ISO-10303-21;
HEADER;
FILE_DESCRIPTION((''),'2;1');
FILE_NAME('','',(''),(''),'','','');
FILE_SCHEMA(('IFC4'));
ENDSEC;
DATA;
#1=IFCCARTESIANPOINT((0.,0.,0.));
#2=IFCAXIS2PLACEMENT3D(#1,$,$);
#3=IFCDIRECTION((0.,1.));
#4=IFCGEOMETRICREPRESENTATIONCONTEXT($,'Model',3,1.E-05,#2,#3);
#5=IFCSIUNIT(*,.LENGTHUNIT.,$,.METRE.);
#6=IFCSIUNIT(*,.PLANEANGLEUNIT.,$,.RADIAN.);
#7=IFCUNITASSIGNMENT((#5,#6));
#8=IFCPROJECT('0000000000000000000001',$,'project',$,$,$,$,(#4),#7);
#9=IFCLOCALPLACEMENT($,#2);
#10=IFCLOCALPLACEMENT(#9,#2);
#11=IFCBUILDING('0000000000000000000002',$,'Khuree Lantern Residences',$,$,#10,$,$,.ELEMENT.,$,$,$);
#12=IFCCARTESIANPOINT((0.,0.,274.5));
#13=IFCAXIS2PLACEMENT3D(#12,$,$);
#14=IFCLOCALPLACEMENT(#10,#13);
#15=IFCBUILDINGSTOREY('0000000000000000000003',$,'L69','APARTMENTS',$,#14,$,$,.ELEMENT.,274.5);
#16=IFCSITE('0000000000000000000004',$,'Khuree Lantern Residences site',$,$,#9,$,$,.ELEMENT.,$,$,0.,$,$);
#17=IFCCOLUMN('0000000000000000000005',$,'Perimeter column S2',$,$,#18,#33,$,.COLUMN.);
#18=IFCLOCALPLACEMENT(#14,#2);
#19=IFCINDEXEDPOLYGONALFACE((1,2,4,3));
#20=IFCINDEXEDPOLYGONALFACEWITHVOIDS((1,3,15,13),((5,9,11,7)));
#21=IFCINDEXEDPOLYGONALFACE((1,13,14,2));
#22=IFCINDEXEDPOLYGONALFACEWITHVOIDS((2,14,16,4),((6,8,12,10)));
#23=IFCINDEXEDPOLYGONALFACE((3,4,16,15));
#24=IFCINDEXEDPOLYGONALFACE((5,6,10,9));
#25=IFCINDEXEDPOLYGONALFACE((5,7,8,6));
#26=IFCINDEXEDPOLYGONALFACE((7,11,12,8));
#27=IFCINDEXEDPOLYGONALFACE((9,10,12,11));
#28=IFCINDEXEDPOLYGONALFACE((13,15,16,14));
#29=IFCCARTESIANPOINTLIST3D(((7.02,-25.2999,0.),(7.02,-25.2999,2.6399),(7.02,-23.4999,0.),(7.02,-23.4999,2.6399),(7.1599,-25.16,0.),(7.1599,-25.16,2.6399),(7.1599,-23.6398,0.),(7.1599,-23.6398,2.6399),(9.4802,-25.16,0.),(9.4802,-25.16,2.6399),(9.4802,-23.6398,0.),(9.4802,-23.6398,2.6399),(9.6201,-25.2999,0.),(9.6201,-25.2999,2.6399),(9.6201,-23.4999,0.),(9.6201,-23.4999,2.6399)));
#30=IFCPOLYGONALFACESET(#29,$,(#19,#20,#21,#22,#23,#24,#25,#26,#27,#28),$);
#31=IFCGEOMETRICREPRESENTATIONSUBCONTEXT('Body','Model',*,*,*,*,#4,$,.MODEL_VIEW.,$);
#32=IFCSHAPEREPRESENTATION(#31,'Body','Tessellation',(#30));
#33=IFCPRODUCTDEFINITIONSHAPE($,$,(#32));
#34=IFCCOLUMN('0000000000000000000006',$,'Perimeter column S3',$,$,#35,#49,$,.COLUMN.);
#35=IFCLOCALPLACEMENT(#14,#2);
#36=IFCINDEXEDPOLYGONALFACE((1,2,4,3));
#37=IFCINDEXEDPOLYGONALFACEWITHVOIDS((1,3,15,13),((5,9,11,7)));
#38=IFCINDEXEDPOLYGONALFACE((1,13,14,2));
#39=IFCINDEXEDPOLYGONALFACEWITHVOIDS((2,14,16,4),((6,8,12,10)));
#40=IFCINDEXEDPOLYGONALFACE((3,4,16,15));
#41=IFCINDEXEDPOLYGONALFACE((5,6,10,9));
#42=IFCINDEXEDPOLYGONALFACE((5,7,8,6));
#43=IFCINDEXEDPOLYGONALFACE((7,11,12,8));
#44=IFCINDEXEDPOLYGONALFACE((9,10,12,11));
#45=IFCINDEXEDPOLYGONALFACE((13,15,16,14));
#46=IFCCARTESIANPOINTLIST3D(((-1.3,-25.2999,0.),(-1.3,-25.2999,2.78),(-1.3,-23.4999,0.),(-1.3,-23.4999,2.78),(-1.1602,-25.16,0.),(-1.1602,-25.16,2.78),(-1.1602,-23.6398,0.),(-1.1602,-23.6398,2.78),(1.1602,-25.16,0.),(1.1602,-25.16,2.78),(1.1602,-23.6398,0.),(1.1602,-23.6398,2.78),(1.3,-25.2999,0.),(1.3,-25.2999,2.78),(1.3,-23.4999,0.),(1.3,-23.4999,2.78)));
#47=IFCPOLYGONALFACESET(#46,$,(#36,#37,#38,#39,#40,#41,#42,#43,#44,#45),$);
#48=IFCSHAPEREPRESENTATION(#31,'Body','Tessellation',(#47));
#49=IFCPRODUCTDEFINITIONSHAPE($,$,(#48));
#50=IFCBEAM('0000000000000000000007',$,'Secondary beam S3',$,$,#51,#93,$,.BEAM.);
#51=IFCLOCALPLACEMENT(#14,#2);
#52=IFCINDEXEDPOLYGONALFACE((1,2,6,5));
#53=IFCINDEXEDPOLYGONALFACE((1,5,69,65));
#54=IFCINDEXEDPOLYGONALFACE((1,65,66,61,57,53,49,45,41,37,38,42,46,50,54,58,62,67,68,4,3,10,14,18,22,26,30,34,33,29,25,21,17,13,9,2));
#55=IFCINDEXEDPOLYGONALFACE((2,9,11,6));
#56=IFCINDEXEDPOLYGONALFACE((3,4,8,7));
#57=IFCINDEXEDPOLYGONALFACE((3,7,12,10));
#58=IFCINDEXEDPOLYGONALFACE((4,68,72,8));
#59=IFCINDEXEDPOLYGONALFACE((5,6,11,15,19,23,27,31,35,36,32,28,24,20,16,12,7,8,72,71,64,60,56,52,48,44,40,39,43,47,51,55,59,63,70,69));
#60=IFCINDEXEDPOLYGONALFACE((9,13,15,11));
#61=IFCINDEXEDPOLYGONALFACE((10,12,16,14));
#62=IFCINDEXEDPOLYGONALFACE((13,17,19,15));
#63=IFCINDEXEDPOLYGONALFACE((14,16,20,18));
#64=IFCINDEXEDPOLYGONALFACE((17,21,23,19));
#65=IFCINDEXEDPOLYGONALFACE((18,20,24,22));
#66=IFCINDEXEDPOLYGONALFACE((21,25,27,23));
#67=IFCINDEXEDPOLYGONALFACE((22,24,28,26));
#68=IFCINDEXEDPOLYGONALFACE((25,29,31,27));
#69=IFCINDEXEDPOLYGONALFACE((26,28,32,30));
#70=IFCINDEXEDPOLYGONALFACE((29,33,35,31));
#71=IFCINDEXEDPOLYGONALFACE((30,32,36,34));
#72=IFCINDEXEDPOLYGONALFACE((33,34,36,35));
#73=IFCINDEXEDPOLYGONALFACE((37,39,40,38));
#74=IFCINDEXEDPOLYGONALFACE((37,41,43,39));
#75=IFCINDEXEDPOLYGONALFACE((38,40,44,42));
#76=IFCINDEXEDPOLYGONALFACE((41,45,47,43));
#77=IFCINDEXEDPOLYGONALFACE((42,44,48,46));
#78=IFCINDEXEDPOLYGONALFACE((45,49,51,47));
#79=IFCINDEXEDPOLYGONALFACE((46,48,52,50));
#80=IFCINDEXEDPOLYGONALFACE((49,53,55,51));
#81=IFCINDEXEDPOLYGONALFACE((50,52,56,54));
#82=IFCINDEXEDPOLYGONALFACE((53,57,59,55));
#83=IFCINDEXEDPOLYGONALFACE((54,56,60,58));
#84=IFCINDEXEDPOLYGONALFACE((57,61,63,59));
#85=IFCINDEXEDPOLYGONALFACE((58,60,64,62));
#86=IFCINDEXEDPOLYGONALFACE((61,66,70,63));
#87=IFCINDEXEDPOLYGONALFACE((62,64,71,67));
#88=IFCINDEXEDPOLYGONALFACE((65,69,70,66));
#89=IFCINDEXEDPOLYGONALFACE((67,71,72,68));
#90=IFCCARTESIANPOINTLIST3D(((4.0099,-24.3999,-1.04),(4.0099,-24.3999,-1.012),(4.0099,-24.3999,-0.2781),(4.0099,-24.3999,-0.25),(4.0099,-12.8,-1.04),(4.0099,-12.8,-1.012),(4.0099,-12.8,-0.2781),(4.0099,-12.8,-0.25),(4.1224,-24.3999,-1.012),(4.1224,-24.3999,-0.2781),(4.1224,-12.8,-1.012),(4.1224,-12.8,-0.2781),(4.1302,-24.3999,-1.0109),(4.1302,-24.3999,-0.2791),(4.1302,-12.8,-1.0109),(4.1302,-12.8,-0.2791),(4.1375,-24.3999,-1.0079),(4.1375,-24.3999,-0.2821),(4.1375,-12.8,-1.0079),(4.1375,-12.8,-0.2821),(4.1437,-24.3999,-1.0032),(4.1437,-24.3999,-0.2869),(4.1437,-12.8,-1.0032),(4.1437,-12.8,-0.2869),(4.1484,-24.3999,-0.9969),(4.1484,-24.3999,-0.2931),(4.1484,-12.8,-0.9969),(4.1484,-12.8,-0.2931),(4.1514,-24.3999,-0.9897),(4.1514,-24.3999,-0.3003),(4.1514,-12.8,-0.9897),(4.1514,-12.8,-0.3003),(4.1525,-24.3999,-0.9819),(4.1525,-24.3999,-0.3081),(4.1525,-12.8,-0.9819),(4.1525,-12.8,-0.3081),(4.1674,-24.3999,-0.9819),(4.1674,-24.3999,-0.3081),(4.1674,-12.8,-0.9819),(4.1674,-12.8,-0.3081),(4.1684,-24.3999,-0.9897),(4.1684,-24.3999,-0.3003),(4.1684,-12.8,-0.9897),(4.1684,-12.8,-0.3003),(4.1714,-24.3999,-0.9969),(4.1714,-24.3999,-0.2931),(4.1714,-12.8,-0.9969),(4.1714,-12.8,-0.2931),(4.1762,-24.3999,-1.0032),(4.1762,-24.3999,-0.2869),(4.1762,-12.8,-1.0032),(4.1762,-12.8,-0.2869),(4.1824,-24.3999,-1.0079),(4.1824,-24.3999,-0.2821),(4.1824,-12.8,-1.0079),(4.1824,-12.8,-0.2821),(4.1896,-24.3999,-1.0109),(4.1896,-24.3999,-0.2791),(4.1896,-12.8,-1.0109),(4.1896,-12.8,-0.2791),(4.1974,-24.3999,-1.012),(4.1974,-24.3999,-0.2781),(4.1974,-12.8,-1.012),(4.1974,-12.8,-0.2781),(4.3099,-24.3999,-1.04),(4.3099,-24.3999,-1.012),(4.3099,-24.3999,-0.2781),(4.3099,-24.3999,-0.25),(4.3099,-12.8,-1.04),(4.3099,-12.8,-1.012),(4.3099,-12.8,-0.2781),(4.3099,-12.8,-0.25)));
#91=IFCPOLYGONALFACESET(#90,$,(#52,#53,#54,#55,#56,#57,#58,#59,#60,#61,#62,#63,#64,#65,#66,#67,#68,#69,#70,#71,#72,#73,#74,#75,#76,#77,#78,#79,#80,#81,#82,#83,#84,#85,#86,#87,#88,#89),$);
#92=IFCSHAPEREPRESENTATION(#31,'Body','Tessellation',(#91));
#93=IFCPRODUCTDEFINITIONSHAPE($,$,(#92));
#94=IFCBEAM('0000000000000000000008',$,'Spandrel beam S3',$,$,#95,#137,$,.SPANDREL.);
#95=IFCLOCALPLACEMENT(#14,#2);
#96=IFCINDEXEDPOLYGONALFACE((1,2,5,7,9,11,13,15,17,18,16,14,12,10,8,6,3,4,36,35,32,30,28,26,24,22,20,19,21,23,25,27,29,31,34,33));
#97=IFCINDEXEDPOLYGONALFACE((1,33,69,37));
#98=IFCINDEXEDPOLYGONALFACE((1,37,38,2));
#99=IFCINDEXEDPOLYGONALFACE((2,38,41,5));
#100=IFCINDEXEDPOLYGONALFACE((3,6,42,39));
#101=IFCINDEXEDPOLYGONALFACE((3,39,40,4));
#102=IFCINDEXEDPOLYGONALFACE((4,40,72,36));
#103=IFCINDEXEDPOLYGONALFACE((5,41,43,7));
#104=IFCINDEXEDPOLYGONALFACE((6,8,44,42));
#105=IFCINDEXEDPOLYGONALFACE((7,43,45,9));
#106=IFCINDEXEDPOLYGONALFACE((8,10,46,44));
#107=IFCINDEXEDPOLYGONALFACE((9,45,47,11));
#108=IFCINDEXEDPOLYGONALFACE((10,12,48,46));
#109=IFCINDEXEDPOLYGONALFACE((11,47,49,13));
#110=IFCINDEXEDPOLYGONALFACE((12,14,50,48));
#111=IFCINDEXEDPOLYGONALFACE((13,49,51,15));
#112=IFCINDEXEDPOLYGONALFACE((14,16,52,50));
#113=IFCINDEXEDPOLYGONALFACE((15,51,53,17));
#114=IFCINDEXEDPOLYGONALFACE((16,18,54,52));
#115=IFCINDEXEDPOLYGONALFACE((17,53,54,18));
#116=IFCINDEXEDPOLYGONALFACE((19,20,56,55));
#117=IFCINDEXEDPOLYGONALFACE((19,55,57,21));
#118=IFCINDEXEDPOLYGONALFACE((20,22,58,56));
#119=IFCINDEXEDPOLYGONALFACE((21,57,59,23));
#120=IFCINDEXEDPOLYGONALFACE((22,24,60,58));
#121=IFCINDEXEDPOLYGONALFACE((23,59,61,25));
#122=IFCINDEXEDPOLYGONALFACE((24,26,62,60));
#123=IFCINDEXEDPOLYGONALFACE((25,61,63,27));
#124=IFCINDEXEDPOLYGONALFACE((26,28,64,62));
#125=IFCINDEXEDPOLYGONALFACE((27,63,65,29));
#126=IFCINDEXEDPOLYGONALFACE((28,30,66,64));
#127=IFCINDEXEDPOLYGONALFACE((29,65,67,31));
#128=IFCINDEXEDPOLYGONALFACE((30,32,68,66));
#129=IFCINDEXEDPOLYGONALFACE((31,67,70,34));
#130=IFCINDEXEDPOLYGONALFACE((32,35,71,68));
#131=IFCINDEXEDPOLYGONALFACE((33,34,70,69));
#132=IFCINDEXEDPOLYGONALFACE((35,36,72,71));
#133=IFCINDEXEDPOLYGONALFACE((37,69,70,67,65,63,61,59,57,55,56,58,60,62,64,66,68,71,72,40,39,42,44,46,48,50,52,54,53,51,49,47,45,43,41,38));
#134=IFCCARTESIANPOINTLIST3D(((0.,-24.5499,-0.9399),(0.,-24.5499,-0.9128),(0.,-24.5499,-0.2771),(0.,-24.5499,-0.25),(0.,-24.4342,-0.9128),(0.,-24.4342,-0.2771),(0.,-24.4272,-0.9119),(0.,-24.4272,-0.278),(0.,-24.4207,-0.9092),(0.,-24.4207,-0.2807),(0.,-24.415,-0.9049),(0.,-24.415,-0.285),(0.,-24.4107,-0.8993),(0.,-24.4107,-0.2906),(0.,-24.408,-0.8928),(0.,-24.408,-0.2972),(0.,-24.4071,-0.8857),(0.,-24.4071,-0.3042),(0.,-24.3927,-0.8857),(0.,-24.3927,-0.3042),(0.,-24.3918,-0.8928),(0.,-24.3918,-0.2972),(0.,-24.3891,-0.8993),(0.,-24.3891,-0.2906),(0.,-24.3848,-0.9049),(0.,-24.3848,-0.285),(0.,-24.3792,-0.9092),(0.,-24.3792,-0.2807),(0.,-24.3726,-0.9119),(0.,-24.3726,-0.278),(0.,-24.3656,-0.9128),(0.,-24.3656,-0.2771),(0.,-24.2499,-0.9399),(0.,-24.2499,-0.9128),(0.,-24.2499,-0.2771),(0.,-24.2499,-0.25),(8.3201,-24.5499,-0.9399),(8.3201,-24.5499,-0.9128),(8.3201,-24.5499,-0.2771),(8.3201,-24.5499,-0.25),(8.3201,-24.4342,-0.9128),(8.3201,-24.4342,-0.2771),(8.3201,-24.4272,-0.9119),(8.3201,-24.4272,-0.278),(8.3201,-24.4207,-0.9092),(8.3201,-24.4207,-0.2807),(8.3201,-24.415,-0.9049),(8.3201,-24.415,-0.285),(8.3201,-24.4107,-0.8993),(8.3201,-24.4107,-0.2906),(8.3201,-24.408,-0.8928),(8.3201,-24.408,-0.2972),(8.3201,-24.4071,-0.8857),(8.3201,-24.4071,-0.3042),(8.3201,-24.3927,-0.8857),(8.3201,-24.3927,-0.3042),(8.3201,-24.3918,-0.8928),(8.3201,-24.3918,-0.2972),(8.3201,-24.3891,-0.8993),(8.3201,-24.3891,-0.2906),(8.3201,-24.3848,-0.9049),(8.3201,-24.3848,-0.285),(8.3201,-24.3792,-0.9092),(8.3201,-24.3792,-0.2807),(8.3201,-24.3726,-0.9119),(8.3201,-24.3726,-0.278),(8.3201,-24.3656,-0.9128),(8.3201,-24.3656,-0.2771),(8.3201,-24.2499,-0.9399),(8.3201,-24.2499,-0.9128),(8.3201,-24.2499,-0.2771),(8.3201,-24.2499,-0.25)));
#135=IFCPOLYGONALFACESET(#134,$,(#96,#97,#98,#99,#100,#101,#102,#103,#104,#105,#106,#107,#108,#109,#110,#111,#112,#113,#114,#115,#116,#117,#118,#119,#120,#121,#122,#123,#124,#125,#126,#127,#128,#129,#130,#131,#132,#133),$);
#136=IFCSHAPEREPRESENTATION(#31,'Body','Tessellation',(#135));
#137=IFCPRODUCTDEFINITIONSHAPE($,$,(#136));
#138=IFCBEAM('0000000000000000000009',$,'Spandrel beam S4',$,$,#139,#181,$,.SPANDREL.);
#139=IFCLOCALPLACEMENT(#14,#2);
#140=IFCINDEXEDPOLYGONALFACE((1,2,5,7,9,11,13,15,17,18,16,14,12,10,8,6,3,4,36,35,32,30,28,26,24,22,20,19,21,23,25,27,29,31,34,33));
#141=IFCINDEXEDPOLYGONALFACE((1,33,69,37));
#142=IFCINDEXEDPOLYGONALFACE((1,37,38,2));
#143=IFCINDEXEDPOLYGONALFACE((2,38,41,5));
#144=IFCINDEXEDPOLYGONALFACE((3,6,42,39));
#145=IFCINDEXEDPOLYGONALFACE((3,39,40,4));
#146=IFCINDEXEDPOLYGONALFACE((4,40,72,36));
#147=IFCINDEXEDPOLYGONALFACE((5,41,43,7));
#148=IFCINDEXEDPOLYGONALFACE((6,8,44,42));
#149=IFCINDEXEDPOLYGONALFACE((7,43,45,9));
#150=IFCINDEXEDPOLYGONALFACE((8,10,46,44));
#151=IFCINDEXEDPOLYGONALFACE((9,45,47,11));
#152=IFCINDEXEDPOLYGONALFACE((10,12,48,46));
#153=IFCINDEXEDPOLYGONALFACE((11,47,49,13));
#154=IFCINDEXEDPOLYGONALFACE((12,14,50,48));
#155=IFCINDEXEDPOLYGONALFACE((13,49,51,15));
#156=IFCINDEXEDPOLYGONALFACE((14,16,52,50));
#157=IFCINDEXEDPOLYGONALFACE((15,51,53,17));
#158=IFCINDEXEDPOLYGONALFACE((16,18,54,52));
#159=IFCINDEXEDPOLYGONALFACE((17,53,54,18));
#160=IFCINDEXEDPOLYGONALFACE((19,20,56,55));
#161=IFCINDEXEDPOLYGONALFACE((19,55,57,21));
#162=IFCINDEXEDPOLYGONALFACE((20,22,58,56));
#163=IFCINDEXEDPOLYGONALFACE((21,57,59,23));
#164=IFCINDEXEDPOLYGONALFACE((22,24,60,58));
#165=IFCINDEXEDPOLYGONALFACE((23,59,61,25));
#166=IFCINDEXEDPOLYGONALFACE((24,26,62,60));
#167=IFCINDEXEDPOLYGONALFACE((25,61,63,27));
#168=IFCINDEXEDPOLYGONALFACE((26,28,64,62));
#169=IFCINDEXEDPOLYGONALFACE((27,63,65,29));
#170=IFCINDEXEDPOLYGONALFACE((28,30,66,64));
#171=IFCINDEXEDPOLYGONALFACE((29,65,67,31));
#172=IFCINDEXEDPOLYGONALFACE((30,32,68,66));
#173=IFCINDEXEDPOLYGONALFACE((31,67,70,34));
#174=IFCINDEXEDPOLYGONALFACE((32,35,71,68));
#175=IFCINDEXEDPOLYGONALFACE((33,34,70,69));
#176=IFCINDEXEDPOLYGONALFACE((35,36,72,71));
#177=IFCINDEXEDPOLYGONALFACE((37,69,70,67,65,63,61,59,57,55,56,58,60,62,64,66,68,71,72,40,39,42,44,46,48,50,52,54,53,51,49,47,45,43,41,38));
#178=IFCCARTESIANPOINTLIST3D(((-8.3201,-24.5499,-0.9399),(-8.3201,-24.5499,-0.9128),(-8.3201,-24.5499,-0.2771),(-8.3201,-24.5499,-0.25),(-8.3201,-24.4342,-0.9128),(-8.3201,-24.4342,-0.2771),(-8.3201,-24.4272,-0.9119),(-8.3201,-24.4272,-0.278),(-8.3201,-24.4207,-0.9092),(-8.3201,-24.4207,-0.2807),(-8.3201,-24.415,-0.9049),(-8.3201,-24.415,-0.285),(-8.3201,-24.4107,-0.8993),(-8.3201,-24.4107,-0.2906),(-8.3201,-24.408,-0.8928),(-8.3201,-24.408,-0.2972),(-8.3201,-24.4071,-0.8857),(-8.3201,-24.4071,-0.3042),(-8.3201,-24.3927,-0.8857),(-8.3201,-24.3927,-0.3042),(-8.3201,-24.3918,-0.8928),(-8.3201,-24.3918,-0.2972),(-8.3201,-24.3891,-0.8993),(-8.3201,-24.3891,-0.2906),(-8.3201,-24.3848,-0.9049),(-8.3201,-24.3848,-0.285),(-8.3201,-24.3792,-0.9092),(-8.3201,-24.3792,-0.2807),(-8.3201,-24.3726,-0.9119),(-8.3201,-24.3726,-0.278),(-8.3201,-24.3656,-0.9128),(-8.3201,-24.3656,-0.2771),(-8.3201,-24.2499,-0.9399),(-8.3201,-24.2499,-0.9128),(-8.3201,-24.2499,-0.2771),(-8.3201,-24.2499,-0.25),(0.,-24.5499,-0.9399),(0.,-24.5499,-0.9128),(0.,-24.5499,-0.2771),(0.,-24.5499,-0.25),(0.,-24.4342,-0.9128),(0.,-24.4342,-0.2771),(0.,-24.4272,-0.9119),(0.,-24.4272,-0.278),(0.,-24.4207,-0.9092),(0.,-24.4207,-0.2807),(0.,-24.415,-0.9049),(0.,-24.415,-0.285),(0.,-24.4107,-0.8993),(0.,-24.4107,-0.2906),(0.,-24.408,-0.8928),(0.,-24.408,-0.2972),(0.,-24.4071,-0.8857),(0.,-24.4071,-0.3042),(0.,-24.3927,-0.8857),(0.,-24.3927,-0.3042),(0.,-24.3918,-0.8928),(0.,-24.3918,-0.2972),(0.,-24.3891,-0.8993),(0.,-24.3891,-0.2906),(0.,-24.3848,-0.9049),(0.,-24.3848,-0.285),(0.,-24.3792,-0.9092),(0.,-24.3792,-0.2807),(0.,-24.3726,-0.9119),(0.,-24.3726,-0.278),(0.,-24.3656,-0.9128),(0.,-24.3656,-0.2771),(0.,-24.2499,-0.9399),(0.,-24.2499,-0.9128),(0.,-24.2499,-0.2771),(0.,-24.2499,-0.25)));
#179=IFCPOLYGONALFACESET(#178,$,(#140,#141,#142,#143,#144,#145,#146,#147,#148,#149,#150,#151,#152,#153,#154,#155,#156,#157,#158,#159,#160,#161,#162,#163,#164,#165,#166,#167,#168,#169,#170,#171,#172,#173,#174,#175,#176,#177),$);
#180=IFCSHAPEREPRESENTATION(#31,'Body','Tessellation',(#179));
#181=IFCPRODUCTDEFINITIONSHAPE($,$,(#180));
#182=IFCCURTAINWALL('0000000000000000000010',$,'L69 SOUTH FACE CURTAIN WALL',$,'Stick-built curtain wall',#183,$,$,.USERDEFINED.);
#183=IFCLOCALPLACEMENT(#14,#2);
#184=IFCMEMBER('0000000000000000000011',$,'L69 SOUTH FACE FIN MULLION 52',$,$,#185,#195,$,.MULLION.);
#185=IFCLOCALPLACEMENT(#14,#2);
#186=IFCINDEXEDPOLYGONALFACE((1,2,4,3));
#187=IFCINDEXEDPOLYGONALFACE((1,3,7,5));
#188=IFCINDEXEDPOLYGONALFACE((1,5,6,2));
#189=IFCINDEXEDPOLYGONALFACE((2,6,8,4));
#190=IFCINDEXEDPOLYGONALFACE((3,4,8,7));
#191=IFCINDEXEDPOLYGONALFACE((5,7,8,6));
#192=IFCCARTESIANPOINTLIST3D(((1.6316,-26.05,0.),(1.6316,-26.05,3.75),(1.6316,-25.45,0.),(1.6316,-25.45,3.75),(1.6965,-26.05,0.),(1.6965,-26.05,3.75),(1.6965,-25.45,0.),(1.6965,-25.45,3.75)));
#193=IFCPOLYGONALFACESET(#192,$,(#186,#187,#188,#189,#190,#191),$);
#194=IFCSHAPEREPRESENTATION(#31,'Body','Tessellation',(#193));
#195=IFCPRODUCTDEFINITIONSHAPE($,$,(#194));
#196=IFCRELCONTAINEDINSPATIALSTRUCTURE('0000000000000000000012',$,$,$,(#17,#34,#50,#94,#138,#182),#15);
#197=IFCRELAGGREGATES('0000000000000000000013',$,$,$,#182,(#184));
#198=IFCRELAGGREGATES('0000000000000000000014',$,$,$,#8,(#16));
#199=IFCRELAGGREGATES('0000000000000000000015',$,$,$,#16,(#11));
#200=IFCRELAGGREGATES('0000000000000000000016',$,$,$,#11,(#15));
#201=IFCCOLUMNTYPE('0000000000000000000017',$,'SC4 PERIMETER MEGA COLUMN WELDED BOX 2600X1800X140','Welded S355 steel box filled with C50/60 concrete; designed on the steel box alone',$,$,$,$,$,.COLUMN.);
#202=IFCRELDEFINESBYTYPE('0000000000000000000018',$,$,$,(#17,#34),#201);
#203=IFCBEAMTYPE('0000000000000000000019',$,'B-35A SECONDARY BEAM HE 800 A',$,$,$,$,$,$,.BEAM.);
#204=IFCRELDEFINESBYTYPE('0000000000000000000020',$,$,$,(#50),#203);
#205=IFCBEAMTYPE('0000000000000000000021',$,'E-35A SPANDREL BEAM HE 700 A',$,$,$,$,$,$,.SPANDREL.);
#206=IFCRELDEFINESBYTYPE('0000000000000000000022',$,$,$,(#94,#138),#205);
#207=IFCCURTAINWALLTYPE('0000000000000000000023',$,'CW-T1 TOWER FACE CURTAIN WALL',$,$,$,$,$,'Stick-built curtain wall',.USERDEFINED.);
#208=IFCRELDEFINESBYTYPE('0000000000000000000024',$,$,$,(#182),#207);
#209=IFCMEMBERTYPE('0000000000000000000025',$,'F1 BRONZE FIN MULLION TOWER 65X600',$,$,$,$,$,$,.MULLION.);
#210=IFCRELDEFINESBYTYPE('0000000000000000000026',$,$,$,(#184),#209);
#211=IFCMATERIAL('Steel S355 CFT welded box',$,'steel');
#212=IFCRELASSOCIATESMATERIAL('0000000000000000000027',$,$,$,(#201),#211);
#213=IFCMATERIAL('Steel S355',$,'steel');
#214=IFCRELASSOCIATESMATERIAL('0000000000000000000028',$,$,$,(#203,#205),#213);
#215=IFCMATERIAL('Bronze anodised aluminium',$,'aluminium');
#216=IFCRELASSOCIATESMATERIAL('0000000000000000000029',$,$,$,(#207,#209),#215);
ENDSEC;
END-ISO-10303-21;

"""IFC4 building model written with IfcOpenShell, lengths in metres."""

from ifc_helpers import new_model, si_unit, direction, frame, origin, origin_2d, place, context, subcontext, project, spatial, rectangle, hollow_rectangle, i_section, extrude, material, material_profile, profile_set, type_object, element, aggregate, save


model = new_model("IFC4")

# Units and contexts
model_context = context("Model", 3, precision=1e-05, world=origin(), true_north=direction((0.0, 1.0)))
body_context = subcontext(model_context, "Body", "Model", "MODEL_VIEW")
ifc_project = project(units=[si_unit("LENGTHUNIT", "METRE"), si_unit("PLANEANGLEUNIT", "RADIAN")], contexts=[model_context])

# Site, building, storey
site_placement = place(None, origin())
site = spatial("IfcSite", under=ifc_project, at=site_placement, Name="Khuree Lantern Residences site", CompositionType="ELEMENT", RefElevation=0.0)
building_placement = place(site_placement, origin())
building = spatial("IfcBuilding", under=site, at=building_placement, Name="Khuree Lantern Residences", CompositionType="ELEMENT")
storey_placement = place(building_placement, frame((0.0, 0.0, 274.5)))
storey = spatial("IfcBuildingStorey", under=building, at=storey_placement, Name="L69", Description="APARTMENTS", CompositionType="ELEMENT", Elevation=274.5)

# Columns
ifc_material_1 = material(Name="Steel S355 CFT welded box", Category="steel")
ifc_material_profile_1 = material_profile(ifc_material_1, hollow_rectangle(XDim=2.6001, YDim=1.8, WallThickness=0.1399, at=origin_2d()), Name="WELDED BOX 2600X1800X140")
ifc_profile_set_1 = profile_set([ifc_material_profile_1], Name="Steel S355 CFT welded box")
column_type = type_object("IfcColumnType", Name="SC4 PERIMETER MEGA COLUMN WELDED BOX 2600X1800X140", Description="Welded S355 steel box filled with C50/60 concrete; designed on the steel box alone", PredefinedType="COLUMN", material=ifc_profile_set_1)
column_1_placement = place(storey_placement, frame((8.3201, -24.3999, 0.0), z_axis=(0.0, 0.0, 1.0), x_axis=(1.0, 0.0, 0.0)))
element("IfcColumn", 1, at=column_1_placement, inside=storey, type_object=column_type, Name="Perimeter column S2", PredefinedType="COLUMN", context=body_context, shape_type="SweptSolid", body=[
    extrude(hollow_rectangle(XDim=2.6001, YDim=1.8, WallThickness=0.1399, at=origin_2d()), origin(), (0.0, 0.0, 1.0), 2.6399),
])
column_2_placement = place(storey_placement, frame((0.0, -24.3999, 0.0), z_axis=(0.0, 0.0, 1.0), x_axis=(1.0, 0.0, 0.0)))
element("IfcColumn", 2, at=column_2_placement, inside=storey, type_object=column_type, Name="Perimeter column S3", PredefinedType="COLUMN", context=body_context, shape_type="SweptSolid", body=[
    extrude(hollow_rectangle(XDim=2.6001, YDim=1.8, WallThickness=0.1399, at=origin_2d()), origin(), (0.0, 0.0, 1.0), 2.78),
])

# Beams
ifc_material_2 = material(Name="Steel S355", Category="steel")
ifc_material_profile_2 = material_profile(ifc_material_2, i_section(OverallWidth=0.3, OverallDepth=0.79, WebThickness=0.0149, FlangeThickness=0.0281, FilletRadius=0.03, at=origin_2d()), Name="HE 800 A")
ifc_profile_set_2 = profile_set([ifc_material_profile_2], Name="Steel S355")
beam_type_1 = type_object("IfcBeamType", Name="B-35A SECONDARY BEAM HE 800 A", PredefinedType="BEAM", material=ifc_profile_set_2)
beam_placement = place(storey_placement, frame((4.1599, -24.3999, -0.645), z_axis=(0.0, 1.0, 0.0), x_axis=(-1.0, 0.0, 0.0)))
element("IfcBeam", 3, at=beam_placement, inside=storey, type_object=beam_type_1, Name="Secondary beam S3", PredefinedType="BEAM", context=body_context, shape_type="SweptSolid", body=[
    extrude(i_section(OverallWidth=0.3, OverallDepth=0.79, WebThickness=0.0149, FlangeThickness=0.0281, FilletRadius=0.03, at=origin_2d()), origin(), (0.0, 0.0, 1.0), 11.5999),
])
ifc_material_profile_3 = material_profile(ifc_material_2, i_section(OverallWidth=0.3, OverallDepth=0.6899, WebThickness=0.0144, FlangeThickness=0.0271, FilletRadius=0.0271, at=origin_2d()), Name="HE 700 A")
ifc_profile_set_3 = profile_set([ifc_material_profile_3], Name="Steel S355")
beam_type_2 = type_object("IfcBeamType", Name="E-35A SPANDREL BEAM HE 700 A", PredefinedType="SPANDREL", material=ifc_profile_set_3)
for number, where, z_axis, x_axis, name in (
    (4, (8.3201, -24.3999, -0.595), (-1.0, 0.0, 0.0), (0.0, -1.0, 0.0), "Spandrel beam S3"),
    (5, (0.0, -24.3999, -0.595), (-1.0, 0.0, 0.0), (0.0, -1.0, 0.0), "Spandrel beam S4"),
):
    element("IfcBeam", number, at=place(storey_placement, frame(where, z_axis=z_axis, x_axis=x_axis)), inside=storey, type_object=beam_type_2, Name=name, PredefinedType="SPANDREL", context=body_context, shape_type="SweptSolid", body=[
        extrude(i_section(OverallWidth=0.3, OverallDepth=0.6899, WebThickness=0.0144, FlangeThickness=0.0271, FilletRadius=0.0271, at=origin_2d()), origin(), (0.0, 0.0, 1.0), 8.3201),
    ])

# Curtain wall, member
ifc_material_3 = material(Name="Bronze anodised aluminium", Category="aluminium")
curtain_wall_type = type_object("IfcCurtainWallType", Name="CW-T1 TOWER FACE CURTAIN WALL", ElementType="Stick-built curtain wall", PredefinedType="USERDEFINED", material=ifc_material_3)
curtain_wall_placement = place(storey_placement, origin())
curtain_wall = element("IfcCurtainWall", 6, at=curtain_wall_placement, inside=storey, type_object=curtain_wall_type, Name="L69 SOUTH FACE CURTAIN WALL", ObjectType="Stick-built curtain wall", PredefinedType="USERDEFINED")
ifc_material_profile_4 = material_profile(ifc_material_3, rectangle(XDim=0.0649, YDim=0.6001, at=origin_2d()), Name="F1 65X600")
ifc_profile_set_4 = profile_set([ifc_material_profile_4], Name="Bronze anodised aluminium")
member_type_1 = type_object("IfcMemberType", Name="F1 BRONZE FIN MULLION TOWER 65X600", PredefinedType="MULLION", material=ifc_profile_set_4)
member_1_placement = place(storey_placement, frame((1.6641, -25.75, 0.0), z_axis=(0.0, 0.0, 1.0), x_axis=(1.0, 0.0, 0.0)))
member_1 = element("IfcMember", 7, at=member_1_placement, type_object=member_type_1, Name="L69 SOUTH FACE FIN MULLION 52", PredefinedType="MULLION", context=body_context, shape_type="SweptSolid", body=[
    extrude(rectangle(XDim=0.0649, YDim=0.6001, at=origin_2d()), origin(), (0.0, 0.0, 1.0), 3.75),
])

aggregate(curtain_wall, [member_1])

save(model, "model.ifc")
